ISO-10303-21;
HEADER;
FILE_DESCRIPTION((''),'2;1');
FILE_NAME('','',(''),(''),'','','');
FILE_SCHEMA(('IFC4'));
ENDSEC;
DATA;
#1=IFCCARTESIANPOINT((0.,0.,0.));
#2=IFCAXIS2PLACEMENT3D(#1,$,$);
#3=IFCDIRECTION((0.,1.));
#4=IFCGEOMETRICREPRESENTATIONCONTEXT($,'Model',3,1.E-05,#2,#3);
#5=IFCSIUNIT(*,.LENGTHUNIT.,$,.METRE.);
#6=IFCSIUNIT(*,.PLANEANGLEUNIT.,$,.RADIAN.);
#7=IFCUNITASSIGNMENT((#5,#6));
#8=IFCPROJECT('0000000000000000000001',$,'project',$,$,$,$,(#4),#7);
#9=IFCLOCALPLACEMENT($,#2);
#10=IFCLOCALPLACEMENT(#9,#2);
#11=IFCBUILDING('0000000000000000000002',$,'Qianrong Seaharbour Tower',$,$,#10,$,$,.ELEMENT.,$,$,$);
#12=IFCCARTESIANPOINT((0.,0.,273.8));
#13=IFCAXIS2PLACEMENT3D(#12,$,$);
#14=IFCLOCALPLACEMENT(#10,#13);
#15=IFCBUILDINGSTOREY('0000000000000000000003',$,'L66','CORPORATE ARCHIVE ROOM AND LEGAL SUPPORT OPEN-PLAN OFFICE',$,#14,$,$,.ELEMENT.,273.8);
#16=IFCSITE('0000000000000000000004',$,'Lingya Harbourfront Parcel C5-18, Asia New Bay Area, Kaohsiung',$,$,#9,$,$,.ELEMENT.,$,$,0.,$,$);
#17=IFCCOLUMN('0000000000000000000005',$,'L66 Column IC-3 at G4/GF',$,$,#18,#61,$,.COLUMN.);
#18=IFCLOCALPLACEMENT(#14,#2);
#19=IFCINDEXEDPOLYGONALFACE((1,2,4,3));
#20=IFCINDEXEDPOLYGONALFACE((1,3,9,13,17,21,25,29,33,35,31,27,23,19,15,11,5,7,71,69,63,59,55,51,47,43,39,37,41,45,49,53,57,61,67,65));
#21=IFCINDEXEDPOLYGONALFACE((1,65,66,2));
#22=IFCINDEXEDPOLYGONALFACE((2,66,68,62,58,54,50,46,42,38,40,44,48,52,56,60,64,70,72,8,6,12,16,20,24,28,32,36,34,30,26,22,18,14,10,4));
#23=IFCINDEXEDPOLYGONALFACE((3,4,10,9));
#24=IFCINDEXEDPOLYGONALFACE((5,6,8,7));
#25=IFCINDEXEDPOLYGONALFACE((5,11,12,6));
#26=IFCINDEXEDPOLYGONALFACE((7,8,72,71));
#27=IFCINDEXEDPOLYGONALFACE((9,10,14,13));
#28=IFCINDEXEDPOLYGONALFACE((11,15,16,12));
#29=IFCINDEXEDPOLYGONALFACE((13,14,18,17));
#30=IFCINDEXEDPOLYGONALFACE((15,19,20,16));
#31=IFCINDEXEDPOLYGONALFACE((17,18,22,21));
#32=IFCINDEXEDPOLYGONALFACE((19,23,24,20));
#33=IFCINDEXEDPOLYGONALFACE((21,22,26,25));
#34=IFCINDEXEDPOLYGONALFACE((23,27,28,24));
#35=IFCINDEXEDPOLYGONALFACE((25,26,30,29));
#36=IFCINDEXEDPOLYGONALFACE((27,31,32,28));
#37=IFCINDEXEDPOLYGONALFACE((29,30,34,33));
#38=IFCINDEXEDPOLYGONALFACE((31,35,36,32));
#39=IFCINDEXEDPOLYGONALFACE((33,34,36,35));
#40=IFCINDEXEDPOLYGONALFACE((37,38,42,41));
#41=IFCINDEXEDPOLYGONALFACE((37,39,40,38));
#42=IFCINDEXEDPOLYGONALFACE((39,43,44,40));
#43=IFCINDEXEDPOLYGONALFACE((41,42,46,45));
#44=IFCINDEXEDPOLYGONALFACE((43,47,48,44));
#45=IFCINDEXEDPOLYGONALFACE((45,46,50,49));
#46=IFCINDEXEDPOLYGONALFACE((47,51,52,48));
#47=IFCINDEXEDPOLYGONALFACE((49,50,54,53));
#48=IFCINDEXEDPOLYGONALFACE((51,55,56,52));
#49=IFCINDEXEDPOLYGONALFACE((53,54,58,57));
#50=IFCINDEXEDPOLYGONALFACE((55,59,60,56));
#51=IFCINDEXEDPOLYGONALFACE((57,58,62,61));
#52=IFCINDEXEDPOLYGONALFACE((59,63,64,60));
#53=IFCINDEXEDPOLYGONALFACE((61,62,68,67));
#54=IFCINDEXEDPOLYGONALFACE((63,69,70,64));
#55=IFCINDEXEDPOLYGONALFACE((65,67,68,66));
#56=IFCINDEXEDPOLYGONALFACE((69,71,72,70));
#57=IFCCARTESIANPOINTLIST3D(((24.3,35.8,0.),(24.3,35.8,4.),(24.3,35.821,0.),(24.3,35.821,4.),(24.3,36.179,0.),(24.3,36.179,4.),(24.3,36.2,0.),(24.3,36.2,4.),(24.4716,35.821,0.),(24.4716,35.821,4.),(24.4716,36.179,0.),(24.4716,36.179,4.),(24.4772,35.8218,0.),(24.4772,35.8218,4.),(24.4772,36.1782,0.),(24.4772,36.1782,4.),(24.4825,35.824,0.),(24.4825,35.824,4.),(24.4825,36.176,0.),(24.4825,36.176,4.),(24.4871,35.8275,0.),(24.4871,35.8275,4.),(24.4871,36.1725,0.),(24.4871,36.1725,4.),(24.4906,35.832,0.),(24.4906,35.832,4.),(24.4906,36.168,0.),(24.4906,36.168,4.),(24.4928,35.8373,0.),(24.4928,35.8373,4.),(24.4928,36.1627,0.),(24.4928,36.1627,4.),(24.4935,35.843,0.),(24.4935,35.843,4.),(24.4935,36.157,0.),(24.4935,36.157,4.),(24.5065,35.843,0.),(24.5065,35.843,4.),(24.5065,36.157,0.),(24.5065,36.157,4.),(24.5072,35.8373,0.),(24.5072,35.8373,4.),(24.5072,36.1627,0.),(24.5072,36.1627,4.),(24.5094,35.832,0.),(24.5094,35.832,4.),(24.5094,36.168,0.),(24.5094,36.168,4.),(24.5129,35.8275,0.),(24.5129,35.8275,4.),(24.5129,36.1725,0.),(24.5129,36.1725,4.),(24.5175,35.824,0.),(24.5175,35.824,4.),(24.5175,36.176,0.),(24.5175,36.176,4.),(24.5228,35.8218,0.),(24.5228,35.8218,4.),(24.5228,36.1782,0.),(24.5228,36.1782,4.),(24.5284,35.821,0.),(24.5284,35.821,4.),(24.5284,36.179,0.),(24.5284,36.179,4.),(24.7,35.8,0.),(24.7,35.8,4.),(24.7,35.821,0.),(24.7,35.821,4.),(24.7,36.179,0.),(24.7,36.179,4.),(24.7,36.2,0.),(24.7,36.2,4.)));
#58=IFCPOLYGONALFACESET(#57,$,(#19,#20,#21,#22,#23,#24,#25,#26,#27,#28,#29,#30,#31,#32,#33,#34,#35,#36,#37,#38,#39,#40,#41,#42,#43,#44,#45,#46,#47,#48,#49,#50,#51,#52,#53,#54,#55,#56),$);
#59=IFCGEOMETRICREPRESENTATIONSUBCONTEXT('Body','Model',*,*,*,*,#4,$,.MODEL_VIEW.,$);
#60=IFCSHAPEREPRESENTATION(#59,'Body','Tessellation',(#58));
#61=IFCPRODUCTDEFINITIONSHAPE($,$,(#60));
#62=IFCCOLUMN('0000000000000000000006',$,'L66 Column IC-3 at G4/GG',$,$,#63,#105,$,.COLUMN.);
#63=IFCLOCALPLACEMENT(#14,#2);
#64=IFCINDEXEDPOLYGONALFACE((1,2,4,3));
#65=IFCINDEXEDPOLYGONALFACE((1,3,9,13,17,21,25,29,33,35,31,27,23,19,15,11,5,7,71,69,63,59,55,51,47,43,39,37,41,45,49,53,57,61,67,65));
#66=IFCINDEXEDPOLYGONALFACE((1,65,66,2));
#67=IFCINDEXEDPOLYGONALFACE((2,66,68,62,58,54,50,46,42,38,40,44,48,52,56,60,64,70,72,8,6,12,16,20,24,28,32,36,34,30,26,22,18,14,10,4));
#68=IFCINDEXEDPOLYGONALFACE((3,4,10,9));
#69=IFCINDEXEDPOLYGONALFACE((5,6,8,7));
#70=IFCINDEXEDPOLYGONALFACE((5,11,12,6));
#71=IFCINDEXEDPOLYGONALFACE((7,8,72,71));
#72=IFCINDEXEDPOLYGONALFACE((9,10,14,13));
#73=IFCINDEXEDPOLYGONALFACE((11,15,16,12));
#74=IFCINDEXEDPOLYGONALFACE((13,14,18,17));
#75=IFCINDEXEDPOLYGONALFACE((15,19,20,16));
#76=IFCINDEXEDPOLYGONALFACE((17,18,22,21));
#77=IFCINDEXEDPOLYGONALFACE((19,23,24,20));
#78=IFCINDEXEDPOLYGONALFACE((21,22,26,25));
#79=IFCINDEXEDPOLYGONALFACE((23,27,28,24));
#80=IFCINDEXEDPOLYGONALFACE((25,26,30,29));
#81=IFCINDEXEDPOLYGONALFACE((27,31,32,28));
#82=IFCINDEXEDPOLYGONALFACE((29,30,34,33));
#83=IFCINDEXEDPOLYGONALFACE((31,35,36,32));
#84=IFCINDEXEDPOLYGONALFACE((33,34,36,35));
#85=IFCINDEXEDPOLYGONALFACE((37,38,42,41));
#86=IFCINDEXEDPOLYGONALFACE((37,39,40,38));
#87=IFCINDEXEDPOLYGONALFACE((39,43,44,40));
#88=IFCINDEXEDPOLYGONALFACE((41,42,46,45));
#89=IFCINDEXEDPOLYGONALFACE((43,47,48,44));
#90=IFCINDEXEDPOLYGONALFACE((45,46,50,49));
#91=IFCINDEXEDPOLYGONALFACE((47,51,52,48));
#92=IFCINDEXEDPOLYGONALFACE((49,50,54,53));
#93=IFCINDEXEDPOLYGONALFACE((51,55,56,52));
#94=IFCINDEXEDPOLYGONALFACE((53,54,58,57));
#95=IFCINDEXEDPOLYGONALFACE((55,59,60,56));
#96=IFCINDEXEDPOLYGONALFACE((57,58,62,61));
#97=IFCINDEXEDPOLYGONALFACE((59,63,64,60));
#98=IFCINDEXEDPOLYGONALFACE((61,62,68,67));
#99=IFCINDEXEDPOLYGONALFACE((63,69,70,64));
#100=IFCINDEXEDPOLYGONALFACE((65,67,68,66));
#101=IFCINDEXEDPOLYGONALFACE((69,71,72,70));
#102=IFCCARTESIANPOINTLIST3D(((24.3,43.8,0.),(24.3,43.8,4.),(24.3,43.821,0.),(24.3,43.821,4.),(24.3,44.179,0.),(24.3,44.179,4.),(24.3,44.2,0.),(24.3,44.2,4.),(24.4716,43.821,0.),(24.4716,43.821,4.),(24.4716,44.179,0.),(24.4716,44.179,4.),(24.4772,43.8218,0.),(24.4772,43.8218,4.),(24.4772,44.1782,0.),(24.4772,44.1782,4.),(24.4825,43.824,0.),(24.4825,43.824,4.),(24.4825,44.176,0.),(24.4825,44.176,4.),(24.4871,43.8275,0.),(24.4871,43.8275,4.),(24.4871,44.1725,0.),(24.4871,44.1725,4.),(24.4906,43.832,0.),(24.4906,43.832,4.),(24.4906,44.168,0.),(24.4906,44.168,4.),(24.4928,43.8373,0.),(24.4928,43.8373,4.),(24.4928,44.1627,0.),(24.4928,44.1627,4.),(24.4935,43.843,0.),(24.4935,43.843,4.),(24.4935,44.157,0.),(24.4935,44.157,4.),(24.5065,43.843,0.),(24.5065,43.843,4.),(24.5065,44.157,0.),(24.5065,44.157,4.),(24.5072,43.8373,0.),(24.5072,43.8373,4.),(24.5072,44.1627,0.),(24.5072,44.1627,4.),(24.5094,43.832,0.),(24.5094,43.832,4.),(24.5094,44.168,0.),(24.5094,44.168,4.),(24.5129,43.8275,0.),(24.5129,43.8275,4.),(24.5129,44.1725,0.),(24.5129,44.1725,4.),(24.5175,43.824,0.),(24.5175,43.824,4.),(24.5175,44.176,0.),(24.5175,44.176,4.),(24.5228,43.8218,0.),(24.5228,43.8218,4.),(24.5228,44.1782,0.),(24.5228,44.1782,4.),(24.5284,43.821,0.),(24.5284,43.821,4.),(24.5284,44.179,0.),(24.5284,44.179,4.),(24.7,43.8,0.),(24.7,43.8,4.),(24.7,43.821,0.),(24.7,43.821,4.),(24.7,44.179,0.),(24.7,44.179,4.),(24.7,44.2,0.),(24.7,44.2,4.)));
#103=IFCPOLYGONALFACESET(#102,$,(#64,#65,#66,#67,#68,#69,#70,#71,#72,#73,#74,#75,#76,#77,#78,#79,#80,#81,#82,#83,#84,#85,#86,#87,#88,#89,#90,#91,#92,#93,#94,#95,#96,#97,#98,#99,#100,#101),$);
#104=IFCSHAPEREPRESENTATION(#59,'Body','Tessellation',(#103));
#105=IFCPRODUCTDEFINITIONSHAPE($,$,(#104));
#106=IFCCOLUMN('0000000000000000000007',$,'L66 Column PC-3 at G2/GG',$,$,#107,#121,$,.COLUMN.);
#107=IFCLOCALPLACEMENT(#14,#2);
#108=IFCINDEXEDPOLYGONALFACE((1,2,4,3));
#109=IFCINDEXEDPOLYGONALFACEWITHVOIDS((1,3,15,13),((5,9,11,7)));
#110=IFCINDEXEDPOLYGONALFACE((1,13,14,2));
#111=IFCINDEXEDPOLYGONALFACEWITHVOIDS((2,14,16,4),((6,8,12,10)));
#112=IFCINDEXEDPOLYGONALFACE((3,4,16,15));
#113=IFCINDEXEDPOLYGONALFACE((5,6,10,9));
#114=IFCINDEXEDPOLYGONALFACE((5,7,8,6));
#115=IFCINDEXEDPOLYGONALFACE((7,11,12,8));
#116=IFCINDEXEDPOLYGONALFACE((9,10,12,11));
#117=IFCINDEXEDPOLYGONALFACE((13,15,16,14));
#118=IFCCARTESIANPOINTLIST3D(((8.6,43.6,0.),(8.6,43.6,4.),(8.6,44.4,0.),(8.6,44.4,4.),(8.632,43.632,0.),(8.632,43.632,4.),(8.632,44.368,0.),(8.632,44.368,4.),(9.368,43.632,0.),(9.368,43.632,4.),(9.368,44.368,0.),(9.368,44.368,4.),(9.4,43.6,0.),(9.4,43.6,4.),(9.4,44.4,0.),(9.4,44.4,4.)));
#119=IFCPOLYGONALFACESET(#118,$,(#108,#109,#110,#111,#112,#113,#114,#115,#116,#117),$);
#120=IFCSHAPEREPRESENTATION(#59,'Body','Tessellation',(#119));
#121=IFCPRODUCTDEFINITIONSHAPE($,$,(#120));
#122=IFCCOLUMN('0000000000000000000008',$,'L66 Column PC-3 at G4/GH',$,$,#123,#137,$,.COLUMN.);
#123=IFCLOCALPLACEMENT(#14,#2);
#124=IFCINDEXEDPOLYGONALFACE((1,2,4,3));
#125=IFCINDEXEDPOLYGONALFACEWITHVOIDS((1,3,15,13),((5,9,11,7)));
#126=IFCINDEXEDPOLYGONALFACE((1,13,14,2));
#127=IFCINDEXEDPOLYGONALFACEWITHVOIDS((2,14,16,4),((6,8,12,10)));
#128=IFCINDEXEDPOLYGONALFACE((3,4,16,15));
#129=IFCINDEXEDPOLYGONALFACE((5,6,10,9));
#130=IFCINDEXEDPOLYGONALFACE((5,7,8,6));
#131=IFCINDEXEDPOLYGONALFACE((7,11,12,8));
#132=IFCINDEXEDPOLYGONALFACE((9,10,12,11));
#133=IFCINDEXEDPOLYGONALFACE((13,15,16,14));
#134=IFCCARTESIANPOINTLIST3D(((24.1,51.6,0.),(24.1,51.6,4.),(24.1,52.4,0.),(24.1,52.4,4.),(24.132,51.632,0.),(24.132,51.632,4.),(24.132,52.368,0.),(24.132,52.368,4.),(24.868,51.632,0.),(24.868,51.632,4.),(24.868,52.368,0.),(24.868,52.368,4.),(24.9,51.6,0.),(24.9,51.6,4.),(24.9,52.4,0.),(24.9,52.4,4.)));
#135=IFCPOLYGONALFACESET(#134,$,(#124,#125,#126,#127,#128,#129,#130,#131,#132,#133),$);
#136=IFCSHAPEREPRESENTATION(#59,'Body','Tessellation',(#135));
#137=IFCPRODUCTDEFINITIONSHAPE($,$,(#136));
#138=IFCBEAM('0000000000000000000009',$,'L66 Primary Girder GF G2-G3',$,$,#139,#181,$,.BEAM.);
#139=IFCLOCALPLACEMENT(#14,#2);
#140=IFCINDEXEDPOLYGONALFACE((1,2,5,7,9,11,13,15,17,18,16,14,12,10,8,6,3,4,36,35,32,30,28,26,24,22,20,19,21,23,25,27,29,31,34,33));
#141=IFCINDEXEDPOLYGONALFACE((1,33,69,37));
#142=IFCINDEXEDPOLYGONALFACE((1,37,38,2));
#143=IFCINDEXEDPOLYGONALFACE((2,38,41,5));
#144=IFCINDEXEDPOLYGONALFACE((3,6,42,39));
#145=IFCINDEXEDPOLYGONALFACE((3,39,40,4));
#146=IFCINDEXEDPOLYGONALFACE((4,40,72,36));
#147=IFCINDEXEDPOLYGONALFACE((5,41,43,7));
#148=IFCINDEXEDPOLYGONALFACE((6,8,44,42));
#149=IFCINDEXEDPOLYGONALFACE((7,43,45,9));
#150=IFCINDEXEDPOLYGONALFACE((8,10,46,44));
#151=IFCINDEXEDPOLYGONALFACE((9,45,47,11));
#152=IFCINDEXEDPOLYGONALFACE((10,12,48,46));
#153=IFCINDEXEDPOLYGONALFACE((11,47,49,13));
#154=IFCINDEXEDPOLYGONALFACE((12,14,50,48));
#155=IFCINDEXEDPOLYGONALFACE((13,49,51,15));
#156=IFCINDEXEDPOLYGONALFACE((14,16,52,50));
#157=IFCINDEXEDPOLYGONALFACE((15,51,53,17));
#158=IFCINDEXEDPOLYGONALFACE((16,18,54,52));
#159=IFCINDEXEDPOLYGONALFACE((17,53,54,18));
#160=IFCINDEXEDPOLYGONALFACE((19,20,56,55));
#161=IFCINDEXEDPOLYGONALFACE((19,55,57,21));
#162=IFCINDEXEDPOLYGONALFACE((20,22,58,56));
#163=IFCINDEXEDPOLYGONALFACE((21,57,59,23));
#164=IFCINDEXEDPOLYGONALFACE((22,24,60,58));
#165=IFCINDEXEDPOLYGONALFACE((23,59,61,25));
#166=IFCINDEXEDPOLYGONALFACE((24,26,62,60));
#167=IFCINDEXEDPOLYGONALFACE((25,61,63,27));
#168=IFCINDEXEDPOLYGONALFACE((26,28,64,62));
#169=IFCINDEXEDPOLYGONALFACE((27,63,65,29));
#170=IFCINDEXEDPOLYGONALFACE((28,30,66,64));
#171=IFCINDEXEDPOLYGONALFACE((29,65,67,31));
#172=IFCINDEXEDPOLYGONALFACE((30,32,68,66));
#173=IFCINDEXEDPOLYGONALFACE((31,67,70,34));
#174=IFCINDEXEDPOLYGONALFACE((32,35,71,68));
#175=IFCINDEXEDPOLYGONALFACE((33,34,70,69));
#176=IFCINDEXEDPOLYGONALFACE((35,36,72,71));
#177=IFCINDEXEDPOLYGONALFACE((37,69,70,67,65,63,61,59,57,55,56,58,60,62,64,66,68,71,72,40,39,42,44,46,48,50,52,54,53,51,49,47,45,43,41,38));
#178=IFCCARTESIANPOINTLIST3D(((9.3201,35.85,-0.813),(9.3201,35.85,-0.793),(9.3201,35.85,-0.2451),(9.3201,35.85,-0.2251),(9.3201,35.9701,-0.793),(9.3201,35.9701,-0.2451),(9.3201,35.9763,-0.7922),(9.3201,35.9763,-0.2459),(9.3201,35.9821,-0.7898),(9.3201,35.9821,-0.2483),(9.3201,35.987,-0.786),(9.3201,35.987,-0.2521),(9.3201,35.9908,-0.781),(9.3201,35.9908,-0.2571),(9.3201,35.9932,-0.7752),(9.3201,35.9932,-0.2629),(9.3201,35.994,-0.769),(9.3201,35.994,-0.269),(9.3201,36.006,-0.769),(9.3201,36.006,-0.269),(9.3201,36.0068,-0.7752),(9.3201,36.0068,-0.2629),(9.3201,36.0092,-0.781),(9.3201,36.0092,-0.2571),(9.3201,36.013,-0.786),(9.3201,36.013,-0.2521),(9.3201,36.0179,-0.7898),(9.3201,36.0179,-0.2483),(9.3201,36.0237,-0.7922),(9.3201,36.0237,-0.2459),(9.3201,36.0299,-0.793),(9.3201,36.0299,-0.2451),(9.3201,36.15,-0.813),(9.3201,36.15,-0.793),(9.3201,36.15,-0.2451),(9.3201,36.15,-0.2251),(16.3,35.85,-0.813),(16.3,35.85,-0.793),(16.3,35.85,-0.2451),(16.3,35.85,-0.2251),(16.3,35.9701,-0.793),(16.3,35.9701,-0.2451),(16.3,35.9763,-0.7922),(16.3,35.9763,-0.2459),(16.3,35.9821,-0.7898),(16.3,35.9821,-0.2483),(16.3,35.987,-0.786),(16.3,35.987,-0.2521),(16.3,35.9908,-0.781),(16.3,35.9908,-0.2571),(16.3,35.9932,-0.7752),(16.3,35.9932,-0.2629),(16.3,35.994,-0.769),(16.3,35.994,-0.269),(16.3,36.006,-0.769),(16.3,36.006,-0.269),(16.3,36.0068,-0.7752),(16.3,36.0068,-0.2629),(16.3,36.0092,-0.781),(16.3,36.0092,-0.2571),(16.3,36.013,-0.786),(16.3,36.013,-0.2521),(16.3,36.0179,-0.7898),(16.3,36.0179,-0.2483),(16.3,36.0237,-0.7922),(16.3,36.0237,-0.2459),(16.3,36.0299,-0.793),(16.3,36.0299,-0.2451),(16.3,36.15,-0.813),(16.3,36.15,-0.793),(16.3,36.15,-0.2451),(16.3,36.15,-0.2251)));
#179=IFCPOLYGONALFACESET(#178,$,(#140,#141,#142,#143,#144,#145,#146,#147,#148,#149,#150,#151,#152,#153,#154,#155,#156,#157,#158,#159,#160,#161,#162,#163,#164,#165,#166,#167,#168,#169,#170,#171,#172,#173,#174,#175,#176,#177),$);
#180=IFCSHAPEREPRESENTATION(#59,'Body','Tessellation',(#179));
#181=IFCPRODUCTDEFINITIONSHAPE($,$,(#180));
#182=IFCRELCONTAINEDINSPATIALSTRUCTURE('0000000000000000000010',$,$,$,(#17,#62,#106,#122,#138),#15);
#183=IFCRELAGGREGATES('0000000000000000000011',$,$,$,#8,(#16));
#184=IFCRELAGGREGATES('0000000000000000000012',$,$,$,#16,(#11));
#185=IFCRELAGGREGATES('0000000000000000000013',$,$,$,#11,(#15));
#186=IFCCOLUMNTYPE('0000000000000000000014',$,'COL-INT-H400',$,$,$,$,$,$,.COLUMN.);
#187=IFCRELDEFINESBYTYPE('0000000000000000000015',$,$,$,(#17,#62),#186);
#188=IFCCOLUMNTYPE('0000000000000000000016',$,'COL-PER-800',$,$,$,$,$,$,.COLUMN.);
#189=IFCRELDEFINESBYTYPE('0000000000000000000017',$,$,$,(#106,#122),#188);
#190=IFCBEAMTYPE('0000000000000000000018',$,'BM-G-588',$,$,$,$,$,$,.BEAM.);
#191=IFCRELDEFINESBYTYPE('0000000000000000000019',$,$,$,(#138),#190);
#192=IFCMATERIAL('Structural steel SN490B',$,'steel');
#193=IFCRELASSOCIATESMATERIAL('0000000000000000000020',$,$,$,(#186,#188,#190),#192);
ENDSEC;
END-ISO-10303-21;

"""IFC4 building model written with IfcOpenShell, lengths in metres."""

from ifc_helpers import new_model, si_unit, direction, frame, origin, origin_2d, place, context, subcontext, project, spatial, hollow_rectangle, i_section, extrude, material, material_profile, profile_set, type_object, element, save


model = new_model("IFC4")

# Units and contexts
model_context = context("Model", 3, precision=1e-05, world=origin(), true_north=direction((0.0, 1.0)))
body_context = subcontext(model_context, "Body", "Model", "MODEL_VIEW")
ifc_project = project(units=[si_unit("LENGTHUNIT", "METRE"), si_unit("PLANEANGLEUNIT", "RADIAN")], contexts=[model_context])

# Site, building, storey
site_placement = place(None, origin())
site = spatial("IfcSite", under=ifc_project, at=site_placement, Name="Lingya Harbourfront Parcel C5-18, Asia New Bay Area, Kaohsiung", CompositionType="ELEMENT", RefElevation=0.0)
building_placement = place(site_placement, origin())
building = spatial("IfcBuilding", under=site, at=building_placement, Name="Qianrong Seaharbour Tower", CompositionType="ELEMENT")
storey_placement = place(building_placement, frame((0.0, 0.0, 273.8)))
storey = spatial("IfcBuildingStorey", under=building, at=storey_placement, Name="L66", Description="CORPORATE ARCHIVE ROOM AND LEGAL SUPPORT OPEN-PLAN OFFICE", CompositionType="ELEMENT", Elevation=273.8)

# Columns
ifc_material_1 = material(Name="Structural steel SN490B", Category="steel")
ifc_material_profile_1 = material_profile(ifc_material_1, i_section(OverallWidth=0.3999, OverallDepth=0.3999, WebThickness=0.0129, FlangeThickness=0.021, FilletRadius=0.022, at=origin_2d()), Name="H400x400x13x21")
ifc_profile_set_1 = profile_set([ifc_material_profile_1], Name="Structural steel SN490B")
column_type_1 = type_object("IfcColumnType", Name="COL-INT-H400", PredefinedType="COLUMN", material=ifc_profile_set_1)
for number, where, z_axis, x_axis, name in (
    (1, (24.5, 36.0, 0.0), (0.0, 0.0, 1.0), (1.0, 0.0, 0.0), "L66 Column IC-3 at G4/GF"),
    (2, (24.5, 44.0, 0.0), (0.0, 0.0, 1.0), (1.0, 0.0, 0.0), "L66 Column IC-3 at G4/GG"),
):
    element("IfcColumn", number, at=place(storey_placement, frame(where, z_axis=z_axis, x_axis=x_axis)), inside=storey, type_object=column_type_1, Name=name, PredefinedType="COLUMN", context=body_context, shape_type="SweptSolid", body=[
        extrude(i_section(OverallWidth=0.3999, OverallDepth=0.3999, WebThickness=0.0129, FlangeThickness=0.021, FilletRadius=0.022, at=origin_2d()), origin(), (0.0, 0.0, 1.0), 4.0),
    ])
ifc_material_profile_2 = material_profile(ifc_material_1, hollow_rectangle(XDim=0.8, YDim=0.8, WallThickness=0.032, at=origin_2d()), Name="BOX800x800x32")
ifc_profile_set_2 = profile_set([ifc_material_profile_2], Name="Structural steel SN490B")
column_type_2 = type_object("IfcColumnType", Name="COL-PER-800", PredefinedType="COLUMN", material=ifc_profile_set_2)
for number, where, z_axis, x_axis, name in (
    (3, (9.0, 44.0, 0.0), (0.0, 0.0, 1.0), (1.0, 0.0, 0.0), "L66 Column PC-3 at G2/GG"),
    (4, (24.5, 52.0, 0.0), (0.0, 0.0, 1.0), (1.0, 0.0, 0.0), "L66 Column PC-3 at G4/GH"),
):
    element("IfcColumn", number, at=place(storey_placement, frame(where, z_axis=z_axis, x_axis=x_axis)), inside=storey, type_object=column_type_2, Name=name, PredefinedType="COLUMN", context=body_context, shape_type="SweptSolid", body=[
        extrude(hollow_rectangle(XDim=0.8, YDim=0.8, WallThickness=0.032, at=origin_2d()), origin(), (0.0, 0.0, 1.0), 4.0),
    ])

# Beam
ifc_material_profile_3 = material_profile(ifc_material_1, i_section(OverallWidth=0.3, OverallDepth=0.5879, WebThickness=0.012, FlangeThickness=0.02, FilletRadius=0.0239, at=origin_2d()), Name="H588x300x12x20")
ifc_profile_set_3 = profile_set([ifc_material_profile_3], Name="Structural steel SN490B")
beam_type_1 = type_object("IfcBeamType", Name="BM-G-588", PredefinedType="BEAM", material=ifc_profile_set_3)
beam_1_placement = place(storey_placement, frame((9.3201, 36.0, -0.519), z_axis=(1.0, 0.0, 0.0), x_axis=(0.0, 1.0, 0.0)))
element("IfcBeam", 5, at=beam_1_placement, inside=storey, type_object=beam_type_1, Name="L66 Primary Girder GF G2-G3", PredefinedType="BEAM", context=body_context, shape_type="SweptSolid", body=[
    extrude(i_section(OverallWidth=0.3, OverallDepth=0.5879, WebThickness=0.012, FlangeThickness=0.02, FilletRadius=0.0239, at=origin_2d()), origin(), (0.0, 0.0, 1.0), 6.98),
])

save(model, "model.ifc")
